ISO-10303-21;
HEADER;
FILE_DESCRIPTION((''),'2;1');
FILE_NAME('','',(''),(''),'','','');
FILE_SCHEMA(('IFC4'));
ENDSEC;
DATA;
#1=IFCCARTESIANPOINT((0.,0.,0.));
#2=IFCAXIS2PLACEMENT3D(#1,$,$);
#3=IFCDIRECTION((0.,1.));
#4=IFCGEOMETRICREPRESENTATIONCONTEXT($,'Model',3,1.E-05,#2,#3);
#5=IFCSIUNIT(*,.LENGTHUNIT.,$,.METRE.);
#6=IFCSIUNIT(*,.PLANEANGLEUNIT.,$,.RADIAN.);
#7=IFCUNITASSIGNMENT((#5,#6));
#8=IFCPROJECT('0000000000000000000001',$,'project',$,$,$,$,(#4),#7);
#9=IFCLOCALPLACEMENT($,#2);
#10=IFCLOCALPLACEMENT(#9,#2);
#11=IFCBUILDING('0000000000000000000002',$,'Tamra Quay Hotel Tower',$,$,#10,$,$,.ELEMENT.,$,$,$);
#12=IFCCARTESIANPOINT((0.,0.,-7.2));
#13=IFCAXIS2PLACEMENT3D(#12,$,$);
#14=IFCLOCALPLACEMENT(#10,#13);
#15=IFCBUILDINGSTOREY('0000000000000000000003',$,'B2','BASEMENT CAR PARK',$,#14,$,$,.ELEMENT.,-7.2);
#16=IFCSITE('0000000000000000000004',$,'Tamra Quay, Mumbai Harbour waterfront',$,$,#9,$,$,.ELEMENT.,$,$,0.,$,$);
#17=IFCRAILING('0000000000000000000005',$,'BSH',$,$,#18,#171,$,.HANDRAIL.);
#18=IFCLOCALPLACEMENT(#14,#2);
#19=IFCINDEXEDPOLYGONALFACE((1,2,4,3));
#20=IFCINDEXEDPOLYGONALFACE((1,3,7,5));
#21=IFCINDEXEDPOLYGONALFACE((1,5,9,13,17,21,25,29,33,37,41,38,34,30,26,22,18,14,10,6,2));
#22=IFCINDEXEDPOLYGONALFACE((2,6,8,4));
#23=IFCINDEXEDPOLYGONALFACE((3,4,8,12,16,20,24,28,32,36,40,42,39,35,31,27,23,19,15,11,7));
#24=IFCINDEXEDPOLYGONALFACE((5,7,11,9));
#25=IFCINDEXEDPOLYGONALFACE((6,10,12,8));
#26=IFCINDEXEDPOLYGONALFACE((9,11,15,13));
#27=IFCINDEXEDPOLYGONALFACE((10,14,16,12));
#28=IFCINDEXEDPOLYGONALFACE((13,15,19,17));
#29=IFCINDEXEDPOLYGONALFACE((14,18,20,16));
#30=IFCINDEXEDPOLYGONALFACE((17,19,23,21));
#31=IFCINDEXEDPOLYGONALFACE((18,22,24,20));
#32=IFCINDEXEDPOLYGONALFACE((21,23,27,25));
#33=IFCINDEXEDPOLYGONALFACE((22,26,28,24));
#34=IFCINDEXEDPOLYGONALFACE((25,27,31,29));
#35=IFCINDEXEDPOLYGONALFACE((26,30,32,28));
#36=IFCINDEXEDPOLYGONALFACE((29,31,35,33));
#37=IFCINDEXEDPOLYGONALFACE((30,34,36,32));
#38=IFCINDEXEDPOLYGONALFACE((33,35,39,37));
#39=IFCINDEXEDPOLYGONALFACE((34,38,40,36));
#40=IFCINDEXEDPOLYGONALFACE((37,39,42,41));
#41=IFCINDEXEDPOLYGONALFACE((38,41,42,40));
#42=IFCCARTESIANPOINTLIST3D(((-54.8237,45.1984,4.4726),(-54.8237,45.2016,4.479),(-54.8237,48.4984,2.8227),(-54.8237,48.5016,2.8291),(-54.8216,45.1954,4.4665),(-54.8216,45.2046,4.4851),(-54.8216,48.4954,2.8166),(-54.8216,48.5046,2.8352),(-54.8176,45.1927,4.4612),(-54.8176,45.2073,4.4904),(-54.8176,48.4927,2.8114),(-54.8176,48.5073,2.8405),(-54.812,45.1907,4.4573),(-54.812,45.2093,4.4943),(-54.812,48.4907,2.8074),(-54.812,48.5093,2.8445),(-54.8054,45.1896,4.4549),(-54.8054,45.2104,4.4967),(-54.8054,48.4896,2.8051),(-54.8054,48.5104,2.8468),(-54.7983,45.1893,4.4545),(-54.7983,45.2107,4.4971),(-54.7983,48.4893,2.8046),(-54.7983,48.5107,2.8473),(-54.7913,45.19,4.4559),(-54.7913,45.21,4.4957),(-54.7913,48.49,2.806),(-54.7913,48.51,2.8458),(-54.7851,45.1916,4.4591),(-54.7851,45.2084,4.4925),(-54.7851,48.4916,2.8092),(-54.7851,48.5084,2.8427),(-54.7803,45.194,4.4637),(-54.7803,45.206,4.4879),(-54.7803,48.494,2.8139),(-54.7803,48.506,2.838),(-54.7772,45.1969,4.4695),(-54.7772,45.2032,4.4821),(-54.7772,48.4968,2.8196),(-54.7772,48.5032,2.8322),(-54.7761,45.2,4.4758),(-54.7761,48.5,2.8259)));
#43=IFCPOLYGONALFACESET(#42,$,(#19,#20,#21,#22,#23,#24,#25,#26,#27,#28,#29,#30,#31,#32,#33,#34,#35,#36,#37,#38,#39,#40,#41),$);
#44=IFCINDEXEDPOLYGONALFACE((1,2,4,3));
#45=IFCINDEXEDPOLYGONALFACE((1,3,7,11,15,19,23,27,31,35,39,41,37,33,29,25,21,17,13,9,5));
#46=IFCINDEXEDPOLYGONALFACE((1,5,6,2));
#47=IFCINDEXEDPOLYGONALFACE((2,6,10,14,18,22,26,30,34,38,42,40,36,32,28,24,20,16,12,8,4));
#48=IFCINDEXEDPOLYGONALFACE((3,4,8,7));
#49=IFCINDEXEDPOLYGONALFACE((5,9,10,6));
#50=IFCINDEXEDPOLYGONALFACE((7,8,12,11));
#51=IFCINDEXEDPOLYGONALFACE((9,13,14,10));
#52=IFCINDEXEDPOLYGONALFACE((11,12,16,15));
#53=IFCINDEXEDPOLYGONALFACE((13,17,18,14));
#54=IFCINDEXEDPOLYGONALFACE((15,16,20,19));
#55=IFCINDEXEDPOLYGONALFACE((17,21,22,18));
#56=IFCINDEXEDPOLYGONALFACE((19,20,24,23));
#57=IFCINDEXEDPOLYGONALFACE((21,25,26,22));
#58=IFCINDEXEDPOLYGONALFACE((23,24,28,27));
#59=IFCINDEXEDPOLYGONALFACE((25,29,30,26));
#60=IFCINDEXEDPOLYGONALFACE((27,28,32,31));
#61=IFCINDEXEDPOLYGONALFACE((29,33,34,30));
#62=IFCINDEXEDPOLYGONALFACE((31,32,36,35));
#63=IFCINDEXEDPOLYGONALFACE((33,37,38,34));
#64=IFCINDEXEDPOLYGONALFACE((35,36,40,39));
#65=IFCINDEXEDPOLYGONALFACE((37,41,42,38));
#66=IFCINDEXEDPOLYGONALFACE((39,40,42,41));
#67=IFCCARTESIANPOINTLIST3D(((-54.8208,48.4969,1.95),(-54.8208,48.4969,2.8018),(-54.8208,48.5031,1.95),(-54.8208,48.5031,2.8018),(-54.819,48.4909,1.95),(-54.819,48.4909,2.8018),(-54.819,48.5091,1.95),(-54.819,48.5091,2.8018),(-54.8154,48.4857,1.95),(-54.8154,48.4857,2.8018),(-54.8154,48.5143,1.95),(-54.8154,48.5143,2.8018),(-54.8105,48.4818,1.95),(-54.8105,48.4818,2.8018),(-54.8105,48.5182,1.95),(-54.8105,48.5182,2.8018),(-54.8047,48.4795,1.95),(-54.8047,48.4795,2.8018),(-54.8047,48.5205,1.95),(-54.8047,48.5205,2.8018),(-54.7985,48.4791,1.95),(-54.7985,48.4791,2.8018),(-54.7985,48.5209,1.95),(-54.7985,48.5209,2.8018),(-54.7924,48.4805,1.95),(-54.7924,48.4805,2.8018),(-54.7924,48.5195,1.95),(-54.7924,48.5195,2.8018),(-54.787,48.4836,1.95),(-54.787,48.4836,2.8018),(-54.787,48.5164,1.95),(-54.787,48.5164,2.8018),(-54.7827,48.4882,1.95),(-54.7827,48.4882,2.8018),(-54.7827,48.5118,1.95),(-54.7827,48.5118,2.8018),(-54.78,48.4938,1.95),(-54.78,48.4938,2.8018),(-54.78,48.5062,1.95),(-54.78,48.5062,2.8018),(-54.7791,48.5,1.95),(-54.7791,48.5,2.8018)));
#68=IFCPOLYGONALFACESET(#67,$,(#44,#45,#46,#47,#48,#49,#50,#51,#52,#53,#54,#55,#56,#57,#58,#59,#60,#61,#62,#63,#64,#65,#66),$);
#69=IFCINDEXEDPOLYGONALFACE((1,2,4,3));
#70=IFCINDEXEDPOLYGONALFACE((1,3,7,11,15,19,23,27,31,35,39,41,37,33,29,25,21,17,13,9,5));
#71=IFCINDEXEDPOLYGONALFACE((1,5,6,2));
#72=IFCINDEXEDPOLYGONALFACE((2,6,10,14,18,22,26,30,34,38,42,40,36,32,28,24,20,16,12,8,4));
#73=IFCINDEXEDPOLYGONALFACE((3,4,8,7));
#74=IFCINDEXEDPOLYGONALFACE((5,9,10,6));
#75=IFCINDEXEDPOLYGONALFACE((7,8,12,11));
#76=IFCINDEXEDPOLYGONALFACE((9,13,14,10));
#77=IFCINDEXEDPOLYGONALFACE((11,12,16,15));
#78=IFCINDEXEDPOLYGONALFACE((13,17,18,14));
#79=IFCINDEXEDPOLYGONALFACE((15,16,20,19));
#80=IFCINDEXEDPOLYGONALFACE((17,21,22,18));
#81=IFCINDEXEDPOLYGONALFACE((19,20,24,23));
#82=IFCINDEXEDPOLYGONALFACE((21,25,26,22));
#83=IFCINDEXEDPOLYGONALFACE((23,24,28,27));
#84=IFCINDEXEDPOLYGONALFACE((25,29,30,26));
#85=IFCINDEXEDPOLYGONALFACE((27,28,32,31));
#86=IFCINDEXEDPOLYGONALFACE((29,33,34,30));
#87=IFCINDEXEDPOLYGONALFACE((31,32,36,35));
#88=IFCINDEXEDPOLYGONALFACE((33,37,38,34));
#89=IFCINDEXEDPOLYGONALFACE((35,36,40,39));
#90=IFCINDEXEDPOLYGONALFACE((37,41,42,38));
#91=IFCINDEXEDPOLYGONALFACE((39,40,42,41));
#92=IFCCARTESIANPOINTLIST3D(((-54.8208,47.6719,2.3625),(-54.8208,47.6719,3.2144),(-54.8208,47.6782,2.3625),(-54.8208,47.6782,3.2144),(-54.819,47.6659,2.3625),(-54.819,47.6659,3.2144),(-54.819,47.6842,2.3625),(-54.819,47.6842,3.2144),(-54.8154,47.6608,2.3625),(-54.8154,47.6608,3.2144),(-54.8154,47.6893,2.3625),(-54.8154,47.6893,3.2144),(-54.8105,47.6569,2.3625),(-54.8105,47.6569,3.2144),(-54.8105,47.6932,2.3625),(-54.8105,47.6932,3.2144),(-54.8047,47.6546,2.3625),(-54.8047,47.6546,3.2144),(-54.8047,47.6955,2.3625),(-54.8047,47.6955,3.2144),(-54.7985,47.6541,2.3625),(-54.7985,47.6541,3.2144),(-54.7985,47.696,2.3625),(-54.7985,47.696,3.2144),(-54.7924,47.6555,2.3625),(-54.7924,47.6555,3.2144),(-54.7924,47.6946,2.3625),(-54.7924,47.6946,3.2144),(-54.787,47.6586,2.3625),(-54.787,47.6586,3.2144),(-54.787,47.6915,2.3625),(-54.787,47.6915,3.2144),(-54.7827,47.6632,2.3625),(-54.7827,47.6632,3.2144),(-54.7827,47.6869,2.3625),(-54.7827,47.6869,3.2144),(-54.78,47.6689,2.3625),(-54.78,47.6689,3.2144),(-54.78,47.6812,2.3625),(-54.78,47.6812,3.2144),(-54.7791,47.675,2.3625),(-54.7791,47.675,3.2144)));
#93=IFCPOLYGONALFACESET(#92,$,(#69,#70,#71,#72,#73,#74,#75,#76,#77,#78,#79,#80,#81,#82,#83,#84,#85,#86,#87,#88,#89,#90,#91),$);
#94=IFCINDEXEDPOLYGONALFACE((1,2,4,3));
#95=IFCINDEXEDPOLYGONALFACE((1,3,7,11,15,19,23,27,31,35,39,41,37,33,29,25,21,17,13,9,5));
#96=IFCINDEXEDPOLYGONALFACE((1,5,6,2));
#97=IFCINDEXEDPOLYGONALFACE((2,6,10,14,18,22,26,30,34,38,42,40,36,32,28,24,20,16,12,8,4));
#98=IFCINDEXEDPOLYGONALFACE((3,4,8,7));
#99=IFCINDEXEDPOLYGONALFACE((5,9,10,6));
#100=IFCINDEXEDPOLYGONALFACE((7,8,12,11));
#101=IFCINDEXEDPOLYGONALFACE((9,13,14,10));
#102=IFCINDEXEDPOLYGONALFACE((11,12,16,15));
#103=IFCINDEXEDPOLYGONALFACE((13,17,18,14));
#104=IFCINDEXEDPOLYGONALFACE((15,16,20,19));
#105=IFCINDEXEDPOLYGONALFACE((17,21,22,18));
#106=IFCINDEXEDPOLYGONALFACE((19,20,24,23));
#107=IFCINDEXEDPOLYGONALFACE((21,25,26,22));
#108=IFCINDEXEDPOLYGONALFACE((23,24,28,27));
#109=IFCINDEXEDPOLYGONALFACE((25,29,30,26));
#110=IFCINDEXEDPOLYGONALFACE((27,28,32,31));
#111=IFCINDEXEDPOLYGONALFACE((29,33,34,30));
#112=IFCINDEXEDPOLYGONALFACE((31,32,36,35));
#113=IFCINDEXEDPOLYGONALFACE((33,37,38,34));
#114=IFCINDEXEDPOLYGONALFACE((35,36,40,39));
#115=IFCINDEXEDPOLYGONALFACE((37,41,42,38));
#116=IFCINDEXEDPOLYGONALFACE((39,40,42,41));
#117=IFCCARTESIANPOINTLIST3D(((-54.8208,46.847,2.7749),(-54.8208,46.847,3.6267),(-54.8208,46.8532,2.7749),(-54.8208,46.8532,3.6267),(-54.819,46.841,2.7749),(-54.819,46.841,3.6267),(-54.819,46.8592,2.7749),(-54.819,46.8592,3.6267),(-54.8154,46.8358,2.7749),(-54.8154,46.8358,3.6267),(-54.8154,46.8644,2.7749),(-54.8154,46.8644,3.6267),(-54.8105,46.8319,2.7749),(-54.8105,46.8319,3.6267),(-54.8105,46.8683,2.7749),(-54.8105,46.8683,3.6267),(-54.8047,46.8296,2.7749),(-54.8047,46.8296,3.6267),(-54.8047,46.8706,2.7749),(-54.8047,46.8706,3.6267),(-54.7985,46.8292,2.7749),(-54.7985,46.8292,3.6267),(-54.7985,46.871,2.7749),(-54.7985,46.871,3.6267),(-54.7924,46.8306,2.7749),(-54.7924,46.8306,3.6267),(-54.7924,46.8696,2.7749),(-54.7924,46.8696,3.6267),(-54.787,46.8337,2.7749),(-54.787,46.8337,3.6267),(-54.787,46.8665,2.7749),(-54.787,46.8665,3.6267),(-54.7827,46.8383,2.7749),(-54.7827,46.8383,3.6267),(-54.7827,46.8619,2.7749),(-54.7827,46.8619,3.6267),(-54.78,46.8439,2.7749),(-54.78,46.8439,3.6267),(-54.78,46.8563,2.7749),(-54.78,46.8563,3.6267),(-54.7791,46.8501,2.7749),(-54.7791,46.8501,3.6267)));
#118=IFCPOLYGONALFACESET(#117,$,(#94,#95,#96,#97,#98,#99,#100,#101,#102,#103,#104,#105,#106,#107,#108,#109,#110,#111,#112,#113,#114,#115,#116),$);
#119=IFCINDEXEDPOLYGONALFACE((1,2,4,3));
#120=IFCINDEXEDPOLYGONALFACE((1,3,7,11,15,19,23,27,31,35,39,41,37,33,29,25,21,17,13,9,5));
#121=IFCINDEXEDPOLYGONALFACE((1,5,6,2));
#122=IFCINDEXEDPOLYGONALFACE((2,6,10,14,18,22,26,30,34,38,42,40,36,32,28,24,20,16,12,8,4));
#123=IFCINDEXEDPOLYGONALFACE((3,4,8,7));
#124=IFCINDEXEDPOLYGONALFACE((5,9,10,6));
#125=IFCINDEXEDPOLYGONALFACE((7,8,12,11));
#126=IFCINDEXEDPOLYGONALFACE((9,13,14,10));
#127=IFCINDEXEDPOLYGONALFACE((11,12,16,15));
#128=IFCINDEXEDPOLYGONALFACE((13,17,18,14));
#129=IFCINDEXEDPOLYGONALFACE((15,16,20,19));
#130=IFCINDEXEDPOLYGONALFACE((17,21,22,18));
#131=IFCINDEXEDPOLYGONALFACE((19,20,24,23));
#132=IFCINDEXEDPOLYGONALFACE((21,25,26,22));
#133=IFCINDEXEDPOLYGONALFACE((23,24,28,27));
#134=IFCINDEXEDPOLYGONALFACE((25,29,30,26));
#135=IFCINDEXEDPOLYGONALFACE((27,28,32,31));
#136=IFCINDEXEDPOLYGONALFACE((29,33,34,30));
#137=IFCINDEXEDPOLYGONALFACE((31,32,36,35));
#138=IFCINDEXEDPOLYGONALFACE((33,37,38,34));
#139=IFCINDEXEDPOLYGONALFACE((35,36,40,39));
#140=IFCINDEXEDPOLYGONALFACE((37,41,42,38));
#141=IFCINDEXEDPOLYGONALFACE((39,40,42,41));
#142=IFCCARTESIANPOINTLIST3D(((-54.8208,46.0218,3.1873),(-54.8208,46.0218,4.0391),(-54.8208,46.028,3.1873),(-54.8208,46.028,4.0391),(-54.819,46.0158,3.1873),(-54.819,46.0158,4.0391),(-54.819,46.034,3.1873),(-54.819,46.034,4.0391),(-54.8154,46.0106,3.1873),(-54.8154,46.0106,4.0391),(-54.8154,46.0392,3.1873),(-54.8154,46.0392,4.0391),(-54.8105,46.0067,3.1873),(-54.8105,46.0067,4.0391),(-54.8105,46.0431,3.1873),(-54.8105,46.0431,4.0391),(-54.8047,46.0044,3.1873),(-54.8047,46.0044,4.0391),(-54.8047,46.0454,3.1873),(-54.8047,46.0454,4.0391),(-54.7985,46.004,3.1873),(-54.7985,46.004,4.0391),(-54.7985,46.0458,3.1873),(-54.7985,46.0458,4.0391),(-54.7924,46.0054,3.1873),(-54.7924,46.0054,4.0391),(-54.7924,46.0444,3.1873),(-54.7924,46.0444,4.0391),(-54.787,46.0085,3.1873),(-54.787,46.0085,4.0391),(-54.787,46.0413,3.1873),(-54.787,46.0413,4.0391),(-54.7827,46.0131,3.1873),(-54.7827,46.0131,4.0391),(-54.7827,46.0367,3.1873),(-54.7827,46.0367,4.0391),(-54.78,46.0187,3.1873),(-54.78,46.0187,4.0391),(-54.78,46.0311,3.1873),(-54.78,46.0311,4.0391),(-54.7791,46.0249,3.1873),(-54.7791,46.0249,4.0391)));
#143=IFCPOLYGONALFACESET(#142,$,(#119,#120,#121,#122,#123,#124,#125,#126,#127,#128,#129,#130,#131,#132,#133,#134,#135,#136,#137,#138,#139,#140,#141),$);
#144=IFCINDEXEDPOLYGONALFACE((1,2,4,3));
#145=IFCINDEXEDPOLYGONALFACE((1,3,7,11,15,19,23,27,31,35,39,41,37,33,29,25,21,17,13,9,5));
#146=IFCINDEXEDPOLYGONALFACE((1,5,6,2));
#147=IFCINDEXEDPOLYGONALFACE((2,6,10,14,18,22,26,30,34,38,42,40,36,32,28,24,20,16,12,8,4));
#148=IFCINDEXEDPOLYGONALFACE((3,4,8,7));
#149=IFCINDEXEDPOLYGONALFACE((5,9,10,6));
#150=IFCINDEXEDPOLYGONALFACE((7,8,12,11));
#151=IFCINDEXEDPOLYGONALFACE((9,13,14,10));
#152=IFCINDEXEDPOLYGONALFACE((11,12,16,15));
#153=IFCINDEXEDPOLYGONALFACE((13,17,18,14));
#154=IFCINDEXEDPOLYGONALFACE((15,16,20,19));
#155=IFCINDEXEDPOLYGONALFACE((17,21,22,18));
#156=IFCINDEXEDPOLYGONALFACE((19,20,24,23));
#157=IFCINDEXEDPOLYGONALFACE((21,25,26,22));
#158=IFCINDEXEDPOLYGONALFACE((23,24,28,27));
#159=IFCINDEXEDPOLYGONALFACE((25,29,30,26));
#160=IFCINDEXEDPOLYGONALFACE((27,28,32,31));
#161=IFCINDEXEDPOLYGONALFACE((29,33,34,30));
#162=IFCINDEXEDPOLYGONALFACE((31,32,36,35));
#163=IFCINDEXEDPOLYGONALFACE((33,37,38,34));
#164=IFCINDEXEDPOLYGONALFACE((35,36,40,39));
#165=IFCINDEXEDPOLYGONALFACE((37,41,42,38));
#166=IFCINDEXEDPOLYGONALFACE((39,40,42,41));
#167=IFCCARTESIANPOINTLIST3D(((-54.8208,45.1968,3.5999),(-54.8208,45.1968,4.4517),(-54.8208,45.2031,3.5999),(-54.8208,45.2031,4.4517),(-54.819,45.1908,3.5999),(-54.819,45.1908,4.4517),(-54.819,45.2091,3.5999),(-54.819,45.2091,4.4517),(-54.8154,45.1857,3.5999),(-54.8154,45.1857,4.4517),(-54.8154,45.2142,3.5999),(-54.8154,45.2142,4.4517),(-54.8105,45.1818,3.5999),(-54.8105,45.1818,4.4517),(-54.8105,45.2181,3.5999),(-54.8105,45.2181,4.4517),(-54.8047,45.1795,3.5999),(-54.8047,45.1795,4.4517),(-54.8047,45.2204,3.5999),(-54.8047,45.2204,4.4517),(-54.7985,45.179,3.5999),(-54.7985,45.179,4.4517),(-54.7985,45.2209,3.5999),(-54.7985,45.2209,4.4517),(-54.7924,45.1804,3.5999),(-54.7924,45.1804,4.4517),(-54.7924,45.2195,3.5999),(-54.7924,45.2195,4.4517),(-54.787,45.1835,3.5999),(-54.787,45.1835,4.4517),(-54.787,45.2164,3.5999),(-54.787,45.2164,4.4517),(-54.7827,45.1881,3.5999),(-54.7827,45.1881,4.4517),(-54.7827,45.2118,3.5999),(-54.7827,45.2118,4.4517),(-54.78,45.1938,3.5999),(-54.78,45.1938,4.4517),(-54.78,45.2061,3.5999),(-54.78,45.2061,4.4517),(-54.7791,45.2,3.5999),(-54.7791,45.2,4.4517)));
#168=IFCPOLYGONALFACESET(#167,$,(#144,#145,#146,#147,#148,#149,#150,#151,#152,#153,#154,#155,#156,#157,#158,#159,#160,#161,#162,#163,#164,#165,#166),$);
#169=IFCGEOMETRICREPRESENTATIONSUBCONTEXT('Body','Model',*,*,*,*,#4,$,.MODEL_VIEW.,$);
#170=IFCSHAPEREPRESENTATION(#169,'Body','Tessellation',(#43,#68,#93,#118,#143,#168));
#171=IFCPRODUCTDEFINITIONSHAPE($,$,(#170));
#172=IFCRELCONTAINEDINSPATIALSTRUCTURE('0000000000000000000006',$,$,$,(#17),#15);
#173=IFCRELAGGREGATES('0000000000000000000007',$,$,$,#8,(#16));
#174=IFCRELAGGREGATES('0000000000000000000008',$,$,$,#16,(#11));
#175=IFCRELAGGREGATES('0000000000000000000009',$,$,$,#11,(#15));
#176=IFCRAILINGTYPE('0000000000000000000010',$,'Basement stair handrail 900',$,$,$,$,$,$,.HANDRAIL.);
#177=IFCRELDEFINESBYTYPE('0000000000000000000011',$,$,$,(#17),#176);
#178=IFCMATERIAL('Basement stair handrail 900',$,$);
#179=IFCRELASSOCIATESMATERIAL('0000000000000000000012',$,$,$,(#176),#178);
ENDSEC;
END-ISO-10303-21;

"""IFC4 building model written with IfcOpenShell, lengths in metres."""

from ifc_helpers import new_model, si_unit, direction, frame, origin, origin_2d, place, context, subcontext, project, spatial, circle, extrude, material, type_object, element, save


model = new_model("IFC4")

# Units and contexts
model_context = context("Model", 3, precision=1e-05, world=origin(), true_north=direction((0.0, 1.0)))
body_context = subcontext(model_context, "Body", "Model", "MODEL_VIEW")
ifc_project = project(units=[si_unit("LENGTHUNIT", "METRE"), si_unit("PLANEANGLEUNIT", "RADIAN")], contexts=[model_context])

# Site, building, storey
site_placement = place(None, origin())
site = spatial("IfcSite", under=ifc_project, at=site_placement, Name="Tamra Quay, Mumbai Harbour waterfront", CompositionType="ELEMENT", RefElevation=0.0)
building_placement = place(site_placement, origin())
building = spatial("IfcBuilding", under=site, at=building_placement, Name="Tamra Quay Hotel Tower", CompositionType="ELEMENT")
storey_placement = place(building_placement, frame((0.0, 0.0, -7.2)))
storey = spatial("IfcBuildingStorey", under=building, at=storey_placement, Name="B2", Description="BASEMENT CAR PARK", CompositionType="ELEMENT", Elevation=-7.2)

# Railing
ifc_material_1 = material(Name="Basement stair handrail 900")
railing_type_1 = type_object("IfcRailingType", Name="Basement stair handrail 900", PredefinedType="HANDRAIL", material=ifc_material_1)
for number, where, name in (
    (1, (-54.8, 48.5, 1.95), "BSH"),
):
    element("IfcRailing", number, at=place(storey_placement, frame(where)), inside=storey, type_object=railing_type_1, Name=name, PredefinedType="HANDRAIL", context=body_context, shape_type="SweptSolid", body=[
        extrude(circle(Radius=0.0239, at=origin_2d()), frame((0.0, 0.0, 0.876), z_axis=(0.0, -0.89444, 0.447187), x_axis=(1.0, 0.0, 0.0)), (0.0, 0.0, 1.0), 3.6895),
        extrude(circle(Radius=0.021, at=origin_2d()), origin(), (0.0, 0.0, 1.0), 0.8518),
        extrude(circle(Radius=0.021, at=origin_2d()), frame((0.0, -0.825, 0.4126)), (0.0, 0.0, 1.0), 0.8518),
        extrude(circle(Radius=0.021, at=origin_2d()), frame((0.0, -1.6499, 0.825)), (0.0, 0.0, 1.0), 0.8518),
        extrude(circle(Radius=0.021, at=origin_2d()), frame((0.0, -2.4751, 1.2373)), (0.0, 0.0, 1.0), 0.8518),
        extrude(circle(Radius=0.021, at=origin_2d()), frame((0.0, -3.3, 1.6499)), (0.0, 0.0, 1.0), 0.8518),
    ])

save(model, "model.ifc")
